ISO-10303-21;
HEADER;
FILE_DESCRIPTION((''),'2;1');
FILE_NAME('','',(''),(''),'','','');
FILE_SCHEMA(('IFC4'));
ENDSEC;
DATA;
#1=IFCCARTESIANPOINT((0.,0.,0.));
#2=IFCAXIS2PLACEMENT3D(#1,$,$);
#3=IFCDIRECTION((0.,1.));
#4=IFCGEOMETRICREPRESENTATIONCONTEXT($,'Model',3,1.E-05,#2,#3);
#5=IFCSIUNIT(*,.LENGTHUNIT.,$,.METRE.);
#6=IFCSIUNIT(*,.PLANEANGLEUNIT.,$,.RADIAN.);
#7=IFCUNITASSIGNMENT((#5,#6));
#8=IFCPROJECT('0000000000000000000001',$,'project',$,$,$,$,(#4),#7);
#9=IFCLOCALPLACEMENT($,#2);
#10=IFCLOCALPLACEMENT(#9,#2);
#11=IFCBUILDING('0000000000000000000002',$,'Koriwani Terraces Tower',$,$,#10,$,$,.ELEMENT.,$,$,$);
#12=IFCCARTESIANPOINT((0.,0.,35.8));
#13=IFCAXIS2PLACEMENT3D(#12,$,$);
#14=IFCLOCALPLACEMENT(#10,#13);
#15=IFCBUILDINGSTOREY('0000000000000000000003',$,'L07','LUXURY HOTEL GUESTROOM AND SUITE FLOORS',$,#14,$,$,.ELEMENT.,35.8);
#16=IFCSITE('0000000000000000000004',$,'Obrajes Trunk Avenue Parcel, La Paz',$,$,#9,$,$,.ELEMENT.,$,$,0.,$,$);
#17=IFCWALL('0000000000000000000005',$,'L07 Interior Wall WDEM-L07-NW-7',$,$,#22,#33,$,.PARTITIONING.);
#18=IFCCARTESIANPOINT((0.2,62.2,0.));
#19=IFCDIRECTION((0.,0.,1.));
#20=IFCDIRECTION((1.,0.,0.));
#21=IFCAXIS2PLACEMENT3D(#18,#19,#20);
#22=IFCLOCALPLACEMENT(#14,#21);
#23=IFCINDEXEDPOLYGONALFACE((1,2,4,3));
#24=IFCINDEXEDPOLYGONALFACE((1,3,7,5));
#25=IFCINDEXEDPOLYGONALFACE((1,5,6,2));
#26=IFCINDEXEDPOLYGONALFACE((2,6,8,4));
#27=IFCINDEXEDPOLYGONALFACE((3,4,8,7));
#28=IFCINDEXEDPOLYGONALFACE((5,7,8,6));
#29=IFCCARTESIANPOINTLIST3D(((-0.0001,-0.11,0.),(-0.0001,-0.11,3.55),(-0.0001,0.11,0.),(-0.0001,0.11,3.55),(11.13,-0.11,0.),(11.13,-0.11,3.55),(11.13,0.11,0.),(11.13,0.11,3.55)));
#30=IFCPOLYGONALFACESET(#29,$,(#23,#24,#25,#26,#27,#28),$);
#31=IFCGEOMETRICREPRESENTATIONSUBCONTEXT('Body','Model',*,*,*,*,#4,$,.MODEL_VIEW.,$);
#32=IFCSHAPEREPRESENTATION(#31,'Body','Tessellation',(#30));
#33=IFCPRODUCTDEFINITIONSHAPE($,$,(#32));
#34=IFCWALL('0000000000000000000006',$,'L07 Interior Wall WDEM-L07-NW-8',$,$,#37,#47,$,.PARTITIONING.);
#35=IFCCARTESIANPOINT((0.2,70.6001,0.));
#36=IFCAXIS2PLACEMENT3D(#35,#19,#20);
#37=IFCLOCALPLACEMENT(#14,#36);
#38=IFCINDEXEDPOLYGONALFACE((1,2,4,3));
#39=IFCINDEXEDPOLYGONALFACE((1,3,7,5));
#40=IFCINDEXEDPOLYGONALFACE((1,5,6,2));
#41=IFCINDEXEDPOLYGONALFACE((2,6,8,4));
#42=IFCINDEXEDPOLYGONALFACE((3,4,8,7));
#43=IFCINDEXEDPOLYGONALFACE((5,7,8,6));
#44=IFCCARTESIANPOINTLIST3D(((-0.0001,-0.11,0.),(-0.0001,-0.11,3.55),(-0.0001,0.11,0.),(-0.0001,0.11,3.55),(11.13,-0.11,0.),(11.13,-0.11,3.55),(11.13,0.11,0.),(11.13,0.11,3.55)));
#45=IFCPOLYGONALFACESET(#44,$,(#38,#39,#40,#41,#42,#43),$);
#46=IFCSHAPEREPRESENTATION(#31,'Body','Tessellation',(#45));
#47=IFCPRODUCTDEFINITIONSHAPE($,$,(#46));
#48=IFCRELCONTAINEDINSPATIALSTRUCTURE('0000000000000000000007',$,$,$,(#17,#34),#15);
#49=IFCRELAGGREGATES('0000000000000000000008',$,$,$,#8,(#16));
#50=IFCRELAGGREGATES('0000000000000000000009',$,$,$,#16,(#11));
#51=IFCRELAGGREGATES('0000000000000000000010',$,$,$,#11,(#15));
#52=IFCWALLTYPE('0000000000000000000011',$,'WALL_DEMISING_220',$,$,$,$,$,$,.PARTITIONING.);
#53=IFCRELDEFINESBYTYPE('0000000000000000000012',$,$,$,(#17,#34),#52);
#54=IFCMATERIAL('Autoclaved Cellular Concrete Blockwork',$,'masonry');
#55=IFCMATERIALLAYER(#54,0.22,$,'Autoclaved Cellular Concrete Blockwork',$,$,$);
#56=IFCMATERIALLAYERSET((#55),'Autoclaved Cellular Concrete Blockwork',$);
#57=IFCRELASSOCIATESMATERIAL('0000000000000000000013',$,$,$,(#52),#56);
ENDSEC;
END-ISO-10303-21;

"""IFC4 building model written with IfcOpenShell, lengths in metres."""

from ifc_helpers import new_model, si_unit, direction, frame, frame_2d, origin, place, context, subcontext, project, spatial, rectangle, extrude, material, layer, layer_set, type_object, element, save


model = new_model("IFC4")

# Units and contexts
model_context = context("Model", 3, precision=1e-05, world=origin(), true_north=direction((0.0, 1.0)))
body_context = subcontext(model_context, "Body", "Model", "MODEL_VIEW")
ifc_project = project(units=[si_unit("LENGTHUNIT", "METRE"), si_unit("PLANEANGLEUNIT", "RADIAN")], contexts=[model_context])

# Site, building, storey
site_placement = place(None, origin())
site = spatial("IfcSite", under=ifc_project, at=site_placement, Name="Obrajes Trunk Avenue Parcel, La Paz", CompositionType="ELEMENT", RefElevation=0.0)
building_placement = place(site_placement, origin())
building = spatial("IfcBuilding", under=site, at=building_placement, Name="Koriwani Terraces Tower", CompositionType="ELEMENT")
storey_placement = place(building_placement, frame((0.0, 0.0, 35.8)))
storey = spatial("IfcBuildingStorey", under=building, at=storey_placement, Name="L07", Description="LUXURY HOTEL GUESTROOM AND SUITE FLOORS", CompositionType="ELEMENT", Elevation=35.8)

# Walls
ifc_material_1 = material(Name="Autoclaved Cellular Concrete Blockwork", Category="masonry")
ifc_layer_1 = layer(ifc_material_1, 0.22, Name="Autoclaved Cellular Concrete Blockwork")
ifc_layer_set_1 = layer_set([ifc_layer_1], Name="Autoclaved Cellular Concrete Blockwork")
wall_type_1 = type_object("IfcWallType", Name="WALL_DEMISING_220", PredefinedType="PARTITIONING", material=ifc_layer_set_1)
for number, where, z_axis, x_axis, name in (
    (1, (0.2, 62.2, 0.0), (0.0, 0.0, 1.0), (1.0, 0.0, 0.0), "L07 Interior Wall WDEM-L07-NW-7"),
    (2, (0.2, 70.6001, 0.0), (0.0, 0.0, 1.0), (1.0, 0.0, 0.0), "L07 Interior Wall WDEM-L07-NW-8"),
):
    element("IfcWall", number, at=place(storey_placement, frame(where, z_axis=z_axis, x_axis=x_axis)), inside=storey, type_object=wall_type_1, Name=name, PredefinedType="PARTITIONING", context=body_context, shape_type="SweptSolid", body=[
        extrude(rectangle(XDim=11.1301, YDim=0.22, at=frame_2d((5.5649, 0.0))), origin(), (0.0, 0.0, 1.0), 3.55),
    ])

save(model, "model.ifc")
